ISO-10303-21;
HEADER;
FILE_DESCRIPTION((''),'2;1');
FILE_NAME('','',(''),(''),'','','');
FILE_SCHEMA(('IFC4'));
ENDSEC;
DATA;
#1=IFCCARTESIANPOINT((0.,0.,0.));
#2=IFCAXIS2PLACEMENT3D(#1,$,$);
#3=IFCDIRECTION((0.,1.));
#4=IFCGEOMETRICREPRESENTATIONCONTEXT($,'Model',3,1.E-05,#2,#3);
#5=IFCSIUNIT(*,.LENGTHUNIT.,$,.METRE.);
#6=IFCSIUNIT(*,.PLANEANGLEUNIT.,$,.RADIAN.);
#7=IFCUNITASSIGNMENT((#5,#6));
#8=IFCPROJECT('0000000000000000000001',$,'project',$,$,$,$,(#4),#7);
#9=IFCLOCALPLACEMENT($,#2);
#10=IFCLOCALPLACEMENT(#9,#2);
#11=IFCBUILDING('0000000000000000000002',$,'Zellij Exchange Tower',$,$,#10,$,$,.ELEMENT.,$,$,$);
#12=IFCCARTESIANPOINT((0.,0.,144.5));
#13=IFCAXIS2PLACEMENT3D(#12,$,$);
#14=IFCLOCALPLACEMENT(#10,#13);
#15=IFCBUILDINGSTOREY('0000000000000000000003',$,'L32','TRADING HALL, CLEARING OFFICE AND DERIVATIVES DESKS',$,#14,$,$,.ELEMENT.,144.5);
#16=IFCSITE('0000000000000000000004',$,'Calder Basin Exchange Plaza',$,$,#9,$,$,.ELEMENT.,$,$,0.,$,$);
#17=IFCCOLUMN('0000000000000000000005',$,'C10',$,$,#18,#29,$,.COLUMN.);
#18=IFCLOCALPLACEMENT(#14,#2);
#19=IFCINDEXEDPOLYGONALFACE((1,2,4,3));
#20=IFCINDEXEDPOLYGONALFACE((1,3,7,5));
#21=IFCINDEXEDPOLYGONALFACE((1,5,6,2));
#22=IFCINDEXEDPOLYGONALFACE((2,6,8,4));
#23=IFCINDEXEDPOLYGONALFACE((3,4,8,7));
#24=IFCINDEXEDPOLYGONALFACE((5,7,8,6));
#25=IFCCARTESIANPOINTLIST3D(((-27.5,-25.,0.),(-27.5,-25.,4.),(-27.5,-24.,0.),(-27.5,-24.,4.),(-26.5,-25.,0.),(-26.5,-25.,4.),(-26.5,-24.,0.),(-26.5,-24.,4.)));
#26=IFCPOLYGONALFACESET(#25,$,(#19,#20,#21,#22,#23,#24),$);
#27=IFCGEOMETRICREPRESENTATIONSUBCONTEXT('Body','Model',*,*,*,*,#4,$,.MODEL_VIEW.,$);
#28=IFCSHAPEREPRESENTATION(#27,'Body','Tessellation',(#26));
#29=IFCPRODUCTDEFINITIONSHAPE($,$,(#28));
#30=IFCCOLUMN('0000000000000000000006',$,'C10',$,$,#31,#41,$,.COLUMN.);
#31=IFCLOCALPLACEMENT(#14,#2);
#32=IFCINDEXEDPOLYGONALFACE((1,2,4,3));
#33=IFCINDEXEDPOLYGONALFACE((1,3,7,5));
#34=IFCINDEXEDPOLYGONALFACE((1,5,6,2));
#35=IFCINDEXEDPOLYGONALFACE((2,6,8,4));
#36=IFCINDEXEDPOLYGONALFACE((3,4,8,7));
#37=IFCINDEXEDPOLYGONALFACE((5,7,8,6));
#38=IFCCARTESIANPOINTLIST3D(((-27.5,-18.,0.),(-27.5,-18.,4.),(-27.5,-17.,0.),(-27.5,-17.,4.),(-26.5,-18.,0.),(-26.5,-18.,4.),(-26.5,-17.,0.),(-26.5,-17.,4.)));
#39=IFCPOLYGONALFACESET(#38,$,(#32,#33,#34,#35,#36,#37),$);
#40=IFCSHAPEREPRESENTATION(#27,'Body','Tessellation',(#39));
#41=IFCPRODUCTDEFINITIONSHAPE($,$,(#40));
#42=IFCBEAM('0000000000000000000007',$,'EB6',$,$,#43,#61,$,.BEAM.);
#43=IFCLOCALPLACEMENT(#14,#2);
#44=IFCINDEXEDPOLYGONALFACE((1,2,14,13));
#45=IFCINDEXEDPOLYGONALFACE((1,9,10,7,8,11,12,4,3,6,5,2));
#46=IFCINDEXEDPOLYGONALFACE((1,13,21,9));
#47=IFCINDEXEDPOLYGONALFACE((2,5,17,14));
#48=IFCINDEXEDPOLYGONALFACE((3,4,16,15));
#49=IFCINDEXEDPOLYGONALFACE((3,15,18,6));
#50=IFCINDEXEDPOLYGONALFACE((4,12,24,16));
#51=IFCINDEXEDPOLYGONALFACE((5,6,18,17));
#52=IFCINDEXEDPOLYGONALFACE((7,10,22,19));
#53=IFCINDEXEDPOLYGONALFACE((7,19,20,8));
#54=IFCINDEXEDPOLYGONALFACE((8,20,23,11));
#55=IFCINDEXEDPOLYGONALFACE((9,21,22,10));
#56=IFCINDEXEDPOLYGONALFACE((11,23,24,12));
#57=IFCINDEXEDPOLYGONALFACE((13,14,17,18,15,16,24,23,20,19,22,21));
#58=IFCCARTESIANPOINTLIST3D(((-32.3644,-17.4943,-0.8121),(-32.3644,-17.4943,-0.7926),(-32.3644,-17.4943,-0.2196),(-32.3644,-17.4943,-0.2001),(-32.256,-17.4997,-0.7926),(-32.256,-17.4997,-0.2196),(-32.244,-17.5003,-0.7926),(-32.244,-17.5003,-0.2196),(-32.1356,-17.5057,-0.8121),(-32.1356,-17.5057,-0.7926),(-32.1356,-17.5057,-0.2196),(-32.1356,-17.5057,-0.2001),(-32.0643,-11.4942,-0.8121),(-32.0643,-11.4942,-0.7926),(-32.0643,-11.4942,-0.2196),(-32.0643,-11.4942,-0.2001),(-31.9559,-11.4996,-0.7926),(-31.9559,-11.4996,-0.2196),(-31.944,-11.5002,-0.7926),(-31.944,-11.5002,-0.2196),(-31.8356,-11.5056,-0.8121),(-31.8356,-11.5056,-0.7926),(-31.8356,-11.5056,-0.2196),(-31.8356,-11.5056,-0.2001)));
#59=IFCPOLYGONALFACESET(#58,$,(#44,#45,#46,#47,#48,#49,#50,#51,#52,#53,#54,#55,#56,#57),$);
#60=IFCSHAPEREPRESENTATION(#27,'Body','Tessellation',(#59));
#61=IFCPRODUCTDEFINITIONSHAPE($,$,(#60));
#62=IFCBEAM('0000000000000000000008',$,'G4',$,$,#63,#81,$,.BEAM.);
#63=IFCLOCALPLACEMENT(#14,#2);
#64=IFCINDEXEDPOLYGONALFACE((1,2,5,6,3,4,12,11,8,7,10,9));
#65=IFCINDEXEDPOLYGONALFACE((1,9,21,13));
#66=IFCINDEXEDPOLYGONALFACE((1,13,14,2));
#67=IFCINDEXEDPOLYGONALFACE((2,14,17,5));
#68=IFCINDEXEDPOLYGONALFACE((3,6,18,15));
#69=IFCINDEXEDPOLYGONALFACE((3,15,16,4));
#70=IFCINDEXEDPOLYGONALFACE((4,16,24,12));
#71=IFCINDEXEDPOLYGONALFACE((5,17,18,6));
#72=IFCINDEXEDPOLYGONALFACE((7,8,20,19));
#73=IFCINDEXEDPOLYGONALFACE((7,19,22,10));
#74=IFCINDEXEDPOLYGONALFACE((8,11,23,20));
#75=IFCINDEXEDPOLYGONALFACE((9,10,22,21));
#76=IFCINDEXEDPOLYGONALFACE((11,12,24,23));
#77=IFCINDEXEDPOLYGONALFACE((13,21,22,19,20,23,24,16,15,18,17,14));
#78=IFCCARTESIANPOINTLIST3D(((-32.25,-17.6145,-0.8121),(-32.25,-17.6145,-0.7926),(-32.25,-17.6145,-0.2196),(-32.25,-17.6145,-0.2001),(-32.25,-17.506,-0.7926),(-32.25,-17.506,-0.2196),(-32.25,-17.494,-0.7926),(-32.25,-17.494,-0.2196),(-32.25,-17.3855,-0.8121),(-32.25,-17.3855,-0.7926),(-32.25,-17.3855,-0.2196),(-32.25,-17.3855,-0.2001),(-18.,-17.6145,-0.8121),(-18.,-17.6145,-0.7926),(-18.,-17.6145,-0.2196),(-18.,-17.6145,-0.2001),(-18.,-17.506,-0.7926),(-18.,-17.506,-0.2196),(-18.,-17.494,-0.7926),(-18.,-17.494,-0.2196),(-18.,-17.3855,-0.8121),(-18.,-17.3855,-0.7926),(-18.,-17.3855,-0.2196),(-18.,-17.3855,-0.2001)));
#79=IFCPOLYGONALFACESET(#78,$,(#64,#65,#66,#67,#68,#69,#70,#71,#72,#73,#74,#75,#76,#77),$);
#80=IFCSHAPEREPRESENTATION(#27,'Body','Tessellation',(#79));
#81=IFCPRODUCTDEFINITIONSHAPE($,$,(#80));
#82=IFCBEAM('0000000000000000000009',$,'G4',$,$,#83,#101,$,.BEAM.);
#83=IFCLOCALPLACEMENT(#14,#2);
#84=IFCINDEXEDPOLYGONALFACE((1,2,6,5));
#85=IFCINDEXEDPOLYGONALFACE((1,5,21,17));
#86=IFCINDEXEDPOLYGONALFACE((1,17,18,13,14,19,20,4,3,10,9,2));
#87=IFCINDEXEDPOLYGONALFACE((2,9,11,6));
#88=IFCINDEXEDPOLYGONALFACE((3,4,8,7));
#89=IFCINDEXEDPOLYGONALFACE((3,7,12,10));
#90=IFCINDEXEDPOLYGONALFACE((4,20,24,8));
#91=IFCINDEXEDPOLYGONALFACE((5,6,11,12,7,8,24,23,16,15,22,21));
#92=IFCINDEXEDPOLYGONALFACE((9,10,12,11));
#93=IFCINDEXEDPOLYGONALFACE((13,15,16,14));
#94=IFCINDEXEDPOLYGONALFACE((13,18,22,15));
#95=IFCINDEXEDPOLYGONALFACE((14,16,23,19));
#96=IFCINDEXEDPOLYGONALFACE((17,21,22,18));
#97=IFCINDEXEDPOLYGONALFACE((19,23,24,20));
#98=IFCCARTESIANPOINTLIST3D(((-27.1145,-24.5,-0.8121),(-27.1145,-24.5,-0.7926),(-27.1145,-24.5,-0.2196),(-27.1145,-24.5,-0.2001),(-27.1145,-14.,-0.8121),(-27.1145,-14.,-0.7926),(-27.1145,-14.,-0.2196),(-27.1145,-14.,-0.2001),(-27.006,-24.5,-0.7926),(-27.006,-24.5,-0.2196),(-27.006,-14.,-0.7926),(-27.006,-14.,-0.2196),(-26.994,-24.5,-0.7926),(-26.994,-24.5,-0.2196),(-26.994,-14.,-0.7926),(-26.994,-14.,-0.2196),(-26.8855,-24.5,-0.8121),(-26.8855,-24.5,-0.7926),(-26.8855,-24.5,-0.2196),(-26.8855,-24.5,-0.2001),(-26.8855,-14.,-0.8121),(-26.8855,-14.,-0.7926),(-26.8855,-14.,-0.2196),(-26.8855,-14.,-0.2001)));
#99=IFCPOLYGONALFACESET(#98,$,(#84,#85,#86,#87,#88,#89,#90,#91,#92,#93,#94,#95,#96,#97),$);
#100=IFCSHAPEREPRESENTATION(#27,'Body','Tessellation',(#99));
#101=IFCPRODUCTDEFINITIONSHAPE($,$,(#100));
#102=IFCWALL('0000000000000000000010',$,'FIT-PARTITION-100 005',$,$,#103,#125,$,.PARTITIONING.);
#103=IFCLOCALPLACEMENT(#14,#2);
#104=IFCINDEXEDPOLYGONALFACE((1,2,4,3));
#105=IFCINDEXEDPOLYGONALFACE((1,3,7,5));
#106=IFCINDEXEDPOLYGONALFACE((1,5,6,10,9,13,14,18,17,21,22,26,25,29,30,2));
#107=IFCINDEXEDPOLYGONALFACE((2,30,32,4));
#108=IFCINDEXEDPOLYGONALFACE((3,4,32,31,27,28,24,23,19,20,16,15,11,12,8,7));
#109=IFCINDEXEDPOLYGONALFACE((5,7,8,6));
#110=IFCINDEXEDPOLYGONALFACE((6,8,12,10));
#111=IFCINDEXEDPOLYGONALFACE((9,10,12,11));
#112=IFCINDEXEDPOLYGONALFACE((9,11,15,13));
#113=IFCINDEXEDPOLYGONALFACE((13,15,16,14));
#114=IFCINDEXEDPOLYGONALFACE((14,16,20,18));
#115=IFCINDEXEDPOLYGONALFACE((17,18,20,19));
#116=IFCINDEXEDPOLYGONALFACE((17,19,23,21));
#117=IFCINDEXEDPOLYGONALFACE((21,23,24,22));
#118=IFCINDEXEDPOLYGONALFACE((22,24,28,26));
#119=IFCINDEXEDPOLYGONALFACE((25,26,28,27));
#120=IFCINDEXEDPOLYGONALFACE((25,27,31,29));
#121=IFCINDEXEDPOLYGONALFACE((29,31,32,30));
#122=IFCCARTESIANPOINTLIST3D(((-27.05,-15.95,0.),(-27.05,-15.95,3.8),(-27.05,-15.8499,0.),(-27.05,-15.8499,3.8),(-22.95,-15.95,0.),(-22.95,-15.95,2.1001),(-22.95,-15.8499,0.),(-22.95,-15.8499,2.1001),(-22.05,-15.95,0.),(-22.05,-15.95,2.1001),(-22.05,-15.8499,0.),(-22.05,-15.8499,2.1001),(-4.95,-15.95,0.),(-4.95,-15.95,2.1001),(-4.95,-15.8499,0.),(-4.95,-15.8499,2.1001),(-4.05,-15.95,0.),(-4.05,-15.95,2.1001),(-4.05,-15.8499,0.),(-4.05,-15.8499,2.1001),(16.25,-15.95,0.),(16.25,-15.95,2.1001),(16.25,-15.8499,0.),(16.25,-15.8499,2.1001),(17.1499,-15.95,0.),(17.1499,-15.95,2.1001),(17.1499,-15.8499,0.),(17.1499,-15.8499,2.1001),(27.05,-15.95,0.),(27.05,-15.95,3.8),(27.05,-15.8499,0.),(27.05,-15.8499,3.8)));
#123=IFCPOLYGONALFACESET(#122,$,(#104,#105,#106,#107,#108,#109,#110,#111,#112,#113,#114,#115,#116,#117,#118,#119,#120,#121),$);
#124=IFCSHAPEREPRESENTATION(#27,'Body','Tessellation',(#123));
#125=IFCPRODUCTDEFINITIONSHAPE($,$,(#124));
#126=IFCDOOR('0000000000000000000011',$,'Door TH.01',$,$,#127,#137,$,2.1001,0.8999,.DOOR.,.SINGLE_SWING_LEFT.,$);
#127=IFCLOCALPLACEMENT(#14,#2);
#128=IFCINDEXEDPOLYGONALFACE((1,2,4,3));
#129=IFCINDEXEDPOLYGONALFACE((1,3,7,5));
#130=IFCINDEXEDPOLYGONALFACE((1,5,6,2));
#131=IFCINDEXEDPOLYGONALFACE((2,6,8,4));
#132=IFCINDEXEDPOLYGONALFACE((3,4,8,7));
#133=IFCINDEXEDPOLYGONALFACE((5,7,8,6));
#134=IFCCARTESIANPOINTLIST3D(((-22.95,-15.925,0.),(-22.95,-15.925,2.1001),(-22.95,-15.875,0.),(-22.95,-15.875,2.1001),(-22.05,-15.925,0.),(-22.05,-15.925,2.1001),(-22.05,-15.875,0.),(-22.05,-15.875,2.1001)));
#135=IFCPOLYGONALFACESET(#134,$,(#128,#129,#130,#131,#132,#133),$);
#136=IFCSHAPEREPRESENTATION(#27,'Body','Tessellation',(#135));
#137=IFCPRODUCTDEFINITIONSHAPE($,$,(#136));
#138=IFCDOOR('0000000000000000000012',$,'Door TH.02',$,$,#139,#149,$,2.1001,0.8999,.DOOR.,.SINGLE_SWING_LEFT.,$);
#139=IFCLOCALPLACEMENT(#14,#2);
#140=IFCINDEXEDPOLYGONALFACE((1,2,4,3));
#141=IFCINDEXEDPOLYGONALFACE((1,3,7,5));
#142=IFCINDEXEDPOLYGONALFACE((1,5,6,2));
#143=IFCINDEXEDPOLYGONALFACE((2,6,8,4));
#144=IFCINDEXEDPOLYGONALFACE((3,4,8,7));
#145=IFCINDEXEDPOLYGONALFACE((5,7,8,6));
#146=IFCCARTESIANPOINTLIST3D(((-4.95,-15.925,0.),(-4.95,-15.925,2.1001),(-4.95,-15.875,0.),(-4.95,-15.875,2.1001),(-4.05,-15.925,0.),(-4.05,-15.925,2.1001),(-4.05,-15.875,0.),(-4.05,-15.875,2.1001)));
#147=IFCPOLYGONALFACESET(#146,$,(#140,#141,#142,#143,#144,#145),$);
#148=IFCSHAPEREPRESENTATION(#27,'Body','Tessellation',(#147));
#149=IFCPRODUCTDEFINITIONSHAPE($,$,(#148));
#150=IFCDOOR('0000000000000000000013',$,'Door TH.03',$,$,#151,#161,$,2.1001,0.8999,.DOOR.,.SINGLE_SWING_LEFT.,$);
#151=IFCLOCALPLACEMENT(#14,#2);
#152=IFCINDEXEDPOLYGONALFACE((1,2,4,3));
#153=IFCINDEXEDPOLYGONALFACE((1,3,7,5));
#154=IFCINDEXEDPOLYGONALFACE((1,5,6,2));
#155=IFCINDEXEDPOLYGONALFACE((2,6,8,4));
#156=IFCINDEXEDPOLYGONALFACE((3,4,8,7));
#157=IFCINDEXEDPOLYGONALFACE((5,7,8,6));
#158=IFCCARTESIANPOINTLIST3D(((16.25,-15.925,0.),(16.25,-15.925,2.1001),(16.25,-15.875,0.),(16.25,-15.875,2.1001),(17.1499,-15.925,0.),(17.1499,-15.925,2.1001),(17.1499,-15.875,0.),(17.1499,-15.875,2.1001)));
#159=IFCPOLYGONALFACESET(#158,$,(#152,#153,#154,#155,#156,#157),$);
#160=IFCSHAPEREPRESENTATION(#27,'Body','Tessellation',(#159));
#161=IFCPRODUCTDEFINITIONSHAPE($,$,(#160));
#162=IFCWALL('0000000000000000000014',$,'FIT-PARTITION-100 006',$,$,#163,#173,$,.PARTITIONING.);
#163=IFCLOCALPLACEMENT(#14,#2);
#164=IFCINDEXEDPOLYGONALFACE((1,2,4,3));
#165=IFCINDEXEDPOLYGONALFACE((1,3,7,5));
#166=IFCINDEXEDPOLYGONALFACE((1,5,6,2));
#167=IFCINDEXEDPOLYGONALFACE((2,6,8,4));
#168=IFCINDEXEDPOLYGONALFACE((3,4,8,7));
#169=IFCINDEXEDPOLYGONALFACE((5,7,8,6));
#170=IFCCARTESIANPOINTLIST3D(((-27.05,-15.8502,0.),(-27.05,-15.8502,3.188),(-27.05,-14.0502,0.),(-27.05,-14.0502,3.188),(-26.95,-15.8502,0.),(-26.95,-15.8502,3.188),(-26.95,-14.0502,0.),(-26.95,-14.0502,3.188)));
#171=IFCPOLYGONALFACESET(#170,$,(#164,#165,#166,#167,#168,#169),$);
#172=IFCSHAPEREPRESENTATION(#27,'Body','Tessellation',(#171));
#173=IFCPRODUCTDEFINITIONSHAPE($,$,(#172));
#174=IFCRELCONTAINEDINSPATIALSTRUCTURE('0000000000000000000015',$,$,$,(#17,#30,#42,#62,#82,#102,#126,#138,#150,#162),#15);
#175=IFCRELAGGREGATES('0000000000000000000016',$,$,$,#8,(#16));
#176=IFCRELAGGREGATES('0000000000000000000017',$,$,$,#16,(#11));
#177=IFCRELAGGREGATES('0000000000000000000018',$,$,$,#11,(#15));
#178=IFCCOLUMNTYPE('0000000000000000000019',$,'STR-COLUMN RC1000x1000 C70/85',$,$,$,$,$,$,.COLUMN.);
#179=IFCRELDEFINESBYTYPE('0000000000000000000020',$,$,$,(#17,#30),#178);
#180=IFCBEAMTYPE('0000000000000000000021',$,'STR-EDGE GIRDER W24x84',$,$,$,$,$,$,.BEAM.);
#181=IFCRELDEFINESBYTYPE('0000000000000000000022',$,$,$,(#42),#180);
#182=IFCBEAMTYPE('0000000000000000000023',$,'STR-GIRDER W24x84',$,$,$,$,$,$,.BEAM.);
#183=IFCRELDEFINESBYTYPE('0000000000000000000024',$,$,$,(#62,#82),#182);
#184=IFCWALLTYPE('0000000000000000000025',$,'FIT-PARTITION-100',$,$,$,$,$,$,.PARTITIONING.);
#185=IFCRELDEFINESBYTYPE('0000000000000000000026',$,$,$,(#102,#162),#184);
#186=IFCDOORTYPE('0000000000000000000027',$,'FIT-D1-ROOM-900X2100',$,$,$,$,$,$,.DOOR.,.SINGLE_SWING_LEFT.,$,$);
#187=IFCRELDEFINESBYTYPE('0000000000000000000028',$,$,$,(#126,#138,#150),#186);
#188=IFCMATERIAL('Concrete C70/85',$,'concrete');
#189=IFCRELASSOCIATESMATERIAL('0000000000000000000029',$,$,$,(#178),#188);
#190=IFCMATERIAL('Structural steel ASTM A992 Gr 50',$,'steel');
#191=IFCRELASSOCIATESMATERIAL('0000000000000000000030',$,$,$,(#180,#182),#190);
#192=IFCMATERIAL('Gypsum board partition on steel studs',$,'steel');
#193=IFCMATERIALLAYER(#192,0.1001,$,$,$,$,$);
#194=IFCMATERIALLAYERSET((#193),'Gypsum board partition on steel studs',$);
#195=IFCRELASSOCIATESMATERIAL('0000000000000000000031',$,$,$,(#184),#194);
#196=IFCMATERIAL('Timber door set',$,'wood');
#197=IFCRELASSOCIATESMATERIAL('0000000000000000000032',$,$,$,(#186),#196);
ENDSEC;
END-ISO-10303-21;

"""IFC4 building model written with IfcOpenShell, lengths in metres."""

from ifc_helpers import new_model, si_unit, direction, frame, frame_2d, origin, origin_2d, place, context, subcontext, project, spatial, rectangle, i_section, extrude, material, layer, layer_set, material_profile, profile_set, type_object, element, fill, save


model = new_model("IFC4")

# Units and contexts
model_context = context("Model", 3, precision=1e-05, world=origin(), true_north=direction((0.0, 1.0)))
body_context = subcontext(model_context, "Body", "Model", "MODEL_VIEW")
ifc_project = project(units=[si_unit("LENGTHUNIT", "METRE"), si_unit("PLANEANGLEUNIT", "RADIAN")], contexts=[model_context])

# Site, building, storey
site_placement = place(None, origin())
site = spatial("IfcSite", under=ifc_project, at=site_placement, Name="Calder Basin Exchange Plaza", CompositionType="ELEMENT", RefElevation=0.0)
building_placement = place(site_placement, origin())
building = spatial("IfcBuilding", under=site, at=building_placement, Name="Zellij Exchange Tower", CompositionType="ELEMENT")
storey_placement = place(building_placement, frame((0.0, 0.0, 144.5)))
storey = spatial("IfcBuildingStorey", under=building, at=storey_placement, Name="L32", Description="TRADING HALL, CLEARING OFFICE AND DERIVATIVES DESKS", CompositionType="ELEMENT", Elevation=144.5)

# Columns
ifc_material_1 = material(Name="Concrete C70/85", Category="concrete")
ifc_material_profile_1 = material_profile(ifc_material_1, rectangle(XDim=1.0, YDim=1.0, at=origin_2d()), Name="STR-COLUMN RC1000x1000 C70/85")
ifc_profile_set_1 = profile_set([ifc_material_profile_1], Name="Concrete C70/85")
column_type = type_object("IfcColumnType", Name="STR-COLUMN RC1000x1000 C70/85", PredefinedType="COLUMN", material=ifc_profile_set_1)
for number, where, z_axis, x_axis, name in (
    (1, (-27.0, -24.5, 0.0), (0.0, 0.0, 1.0), (1.0, 0.0, 0.0), "C10"),
    (2, (-27.0, -17.5, 0.0), (0.0, 0.0, 1.0), (1.0, 0.0, 0.0), "C10"),
):
    element("IfcColumn", number, at=place(storey_placement, frame(where, z_axis=z_axis, x_axis=x_axis)), inside=storey, type_object=column_type, Name=name, PredefinedType="COLUMN", context=body_context, shape_type="SweptSolid", body=[
        extrude(rectangle(XDim=1.0, YDim=1.0, at=origin_2d()), origin(), (0.0, 0.0, 1.0), 4.0),
    ])

# Beams
ifc_material_2 = material(Name="Structural steel ASTM A992 Gr 50", Category="steel")
ifc_material_profile_2 = material_profile(ifc_material_2, i_section(OverallWidth=0.229, OverallDepth=0.6121, WebThickness=0.012, FlangeThickness=0.0195, at=origin_2d()), Name="W24x84")
ifc_profile_set_2 = profile_set([ifc_material_profile_2], Name="Structural steel ASTM A992 Gr 50")
beam_type_1 = type_object("IfcBeamType", Name="STR-EDGE GIRDER W24x84", PredefinedType="BEAM", material=ifc_profile_set_2)
beam_1_placement = place(storey_placement, frame((-32.25, -17.5, -0.5061), z_axis=(0.049946, 0.998752, 0.0), x_axis=(-0.998752, 0.049946, 0.0)))
element("IfcBeam", 3, at=beam_1_placement, inside=storey, type_object=beam_type_1, Name="EB6", PredefinedType="BEAM", context=body_context, shape_type="SweptSolid", body=[
    extrude(i_section(OverallWidth=0.229, OverallDepth=0.6121, WebThickness=0.012, FlangeThickness=0.0195, at=origin_2d()), origin(), (0.0, 0.0, 1.0), 6.0076),
])
ifc_material_profile_3 = material_profile(ifc_material_2, i_section(OverallWidth=0.229, OverallDepth=0.6121, WebThickness=0.012, FlangeThickness=0.0195, at=origin_2d()), Name="W24x84")
ifc_profile_set_3 = profile_set([ifc_material_profile_3], Name="Structural steel ASTM A992 Gr 50")
beam_type_2 = type_object("IfcBeamType", Name="STR-GIRDER W24x84", PredefinedType="BEAM", material=ifc_profile_set_3)
beam_2_placement = place(storey_placement, frame((-32.25, -17.5, -0.5061), z_axis=(1.0, 0.0, 0.0), x_axis=(0.0, 1.0, 0.0)))
element("IfcBeam", 4, at=beam_2_placement, inside=storey, type_object=beam_type_2, Name="G4", PredefinedType="BEAM", context=body_context, shape_type="SweptSolid", body=[
    extrude(i_section(OverallWidth=0.229, OverallDepth=0.6121, WebThickness=0.012, FlangeThickness=0.0195, at=origin_2d()), origin(), (0.0, 0.0, 1.0), 14.25),
])
beam_3_placement = place(storey_placement, frame((-27.0, -24.5, -0.5061), z_axis=(0.0, 1.0, 0.0), x_axis=(-1.0, 0.0, 0.0)))
element("IfcBeam", 5, at=beam_3_placement, inside=storey, type_object=beam_type_2, Name="G4", PredefinedType="BEAM", context=body_context, shape_type="SweptSolid", body=[
    extrude(i_section(OverallWidth=0.229, OverallDepth=0.6121, WebThickness=0.012, FlangeThickness=0.0195, at=origin_2d()), origin(), (0.0, 0.0, 1.0), 10.5),
])

# Wall, openings, doors
ifc_material_3 = material(Name="Gypsum board partition on steel studs", Category="steel")
ifc_layer = layer(ifc_material_3, 0.1001)
ifc_layer_set = layer_set([ifc_layer], Name="Gypsum board partition on steel studs")
wall_type = type_object("IfcWallType", Name="FIT-PARTITION-100", PredefinedType="PARTITIONING", material=ifc_layer_set)
wall_1_placement = place(storey_placement, frame((-27.05, -15.8999, 0.0), z_axis=(0.0, 0.0, 1.0), x_axis=(1.0, 0.0, 0.0)))
wall_1 = element("IfcWall", 6, at=wall_1_placement, inside=storey, type_object=wall_type, Name="FIT-PARTITION-100 005", PredefinedType="PARTITIONING", context=body_context, shape_type="SweptSolid", body=[
    extrude(rectangle(XDim=54.1001, YDim=0.1001, at=frame_2d((27.05, 0.0))), origin(), (0.0, 0.0, 1.0), 3.8),
])
opening_1_placement = place(wall_1_placement, frame((4.1001, 0.0, 0.0)))
opening_1 = element("IfcOpeningElement", 7, at=opening_1_placement, cuts=wall_1, PredefinedType="OPENING", context=body_context, shape_type="SweptSolid", body=[
    extrude(rectangle(XDim=0.8999, YDim=2.1001, at=frame_2d((0.45, 1.05))), frame((0.0, 0.062, 0.0), z_axis=(0.0, -1.0, 0.0), x_axis=(1.0, 0.0, 0.0)), (0.0, 0.0, 1.0), 0.124),
])
opening_2_placement = place(wall_1_placement, frame((22.1001, 0.0, 0.0)))
opening_2 = element("IfcOpeningElement", 8, at=opening_2_placement, cuts=wall_1, PredefinedType="OPENING", context=body_context, shape_type="SweptSolid", body=[
    extrude(rectangle(XDim=0.8999, YDim=2.1001, at=frame_2d((0.45, 1.05))), frame((0.0, 0.062, 0.0), z_axis=(0.0, -1.0, 0.0), x_axis=(1.0, 0.0, 0.0)), (0.0, 0.0, 1.0), 0.124),
])
opening_3_placement = place(wall_1_placement, frame((43.3, 0.0, 0.0)))
opening_3 = element("IfcOpeningElement", 9, at=opening_3_placement, cuts=wall_1, PredefinedType="OPENING", context=body_context, shape_type="SweptSolid", body=[
    extrude(rectangle(XDim=0.8999, YDim=2.1001, at=frame_2d((0.45, 1.05))), frame((0.0, 0.062, 0.0), z_axis=(0.0, -1.0, 0.0), x_axis=(1.0, 0.0, 0.0)), (0.0, 0.0, 1.0), 0.124),
])
ifc_material_4 = material(Name="Timber door set", Category="wood")
door_type = type_object("IfcDoorType", Name="FIT-D1-ROOM-900X2100", OperationType="SINGLE_SWING_LEFT", PredefinedType="DOOR", material=ifc_material_4)
door_1_placement = place(opening_1_placement, origin())
door_1 = element("IfcDoor", 10, at=door_1_placement, inside=storey, type_object=door_type, Name="Door TH.01", OperationType="SINGLE_SWING_LEFT", OverallHeight=2.1001, OverallWidth=0.8999, PredefinedType="DOOR", context=body_context, shape_type="SweptSolid", body=[
    extrude(rectangle(XDim=0.8999, YDim=2.1001, at=frame_2d((0.45, 1.05))), frame((0.0, 0.0249, 0.0), z_axis=(0.0, -1.0, 0.0), x_axis=(1.0, 0.0, 0.0)), (0.0, 0.0, 1.0), 0.05),
])
fill(opening_1, door_1)
door_2_placement = place(opening_2_placement, origin())
door_2 = element("IfcDoor", 11, at=door_2_placement, inside=storey, type_object=door_type, Name="Door TH.02", OperationType="SINGLE_SWING_LEFT", OverallHeight=2.1001, OverallWidth=0.8999, PredefinedType="DOOR", context=body_context, shape_type="SweptSolid", body=[
    extrude(rectangle(XDim=0.8999, YDim=2.1001, at=frame_2d((0.45, 1.05))), frame((0.0, 0.0249, 0.0), z_axis=(0.0, -1.0, 0.0), x_axis=(1.0, 0.0, 0.0)), (0.0, 0.0, 1.0), 0.05),
])
fill(opening_2, door_2)
door_3_placement = place(opening_3_placement, origin())
door_3 = element("IfcDoor", 12, at=door_3_placement, inside=storey, type_object=door_type, Name="Door TH.03", OperationType="SINGLE_SWING_LEFT", OverallHeight=2.1001, OverallWidth=0.8999, PredefinedType="DOOR", context=body_context, shape_type="SweptSolid", body=[
    extrude(rectangle(XDim=0.8999, YDim=2.1001, at=frame_2d((0.45, 1.05))), frame((0.0, 0.0249, 0.0), z_axis=(0.0, -1.0, 0.0), x_axis=(1.0, 0.0, 0.0)), (0.0, 0.0, 1.0), 0.05),
])
fill(opening_3, door_3)

# Wall
wall_2_placement = place(storey_placement, frame((-27.0, -15.8501, 0.0), z_axis=(0.0, 0.0, 1.0), x_axis=(0.0, 1.0, 0.0)))
element("IfcWall", 13, at=wall_2_placement, inside=storey, type_object=wall_type, Name="FIT-PARTITION-100 006", PredefinedType="PARTITIONING", context=body_context, shape_type="SweptSolid", body=[
    extrude(rectangle(XDim=1.8, YDim=0.1001, at=frame_2d((0.8999, 0.0))), origin(), (0.0, 0.0, 1.0), 3.188),
])

save(model, "model.ifc")
